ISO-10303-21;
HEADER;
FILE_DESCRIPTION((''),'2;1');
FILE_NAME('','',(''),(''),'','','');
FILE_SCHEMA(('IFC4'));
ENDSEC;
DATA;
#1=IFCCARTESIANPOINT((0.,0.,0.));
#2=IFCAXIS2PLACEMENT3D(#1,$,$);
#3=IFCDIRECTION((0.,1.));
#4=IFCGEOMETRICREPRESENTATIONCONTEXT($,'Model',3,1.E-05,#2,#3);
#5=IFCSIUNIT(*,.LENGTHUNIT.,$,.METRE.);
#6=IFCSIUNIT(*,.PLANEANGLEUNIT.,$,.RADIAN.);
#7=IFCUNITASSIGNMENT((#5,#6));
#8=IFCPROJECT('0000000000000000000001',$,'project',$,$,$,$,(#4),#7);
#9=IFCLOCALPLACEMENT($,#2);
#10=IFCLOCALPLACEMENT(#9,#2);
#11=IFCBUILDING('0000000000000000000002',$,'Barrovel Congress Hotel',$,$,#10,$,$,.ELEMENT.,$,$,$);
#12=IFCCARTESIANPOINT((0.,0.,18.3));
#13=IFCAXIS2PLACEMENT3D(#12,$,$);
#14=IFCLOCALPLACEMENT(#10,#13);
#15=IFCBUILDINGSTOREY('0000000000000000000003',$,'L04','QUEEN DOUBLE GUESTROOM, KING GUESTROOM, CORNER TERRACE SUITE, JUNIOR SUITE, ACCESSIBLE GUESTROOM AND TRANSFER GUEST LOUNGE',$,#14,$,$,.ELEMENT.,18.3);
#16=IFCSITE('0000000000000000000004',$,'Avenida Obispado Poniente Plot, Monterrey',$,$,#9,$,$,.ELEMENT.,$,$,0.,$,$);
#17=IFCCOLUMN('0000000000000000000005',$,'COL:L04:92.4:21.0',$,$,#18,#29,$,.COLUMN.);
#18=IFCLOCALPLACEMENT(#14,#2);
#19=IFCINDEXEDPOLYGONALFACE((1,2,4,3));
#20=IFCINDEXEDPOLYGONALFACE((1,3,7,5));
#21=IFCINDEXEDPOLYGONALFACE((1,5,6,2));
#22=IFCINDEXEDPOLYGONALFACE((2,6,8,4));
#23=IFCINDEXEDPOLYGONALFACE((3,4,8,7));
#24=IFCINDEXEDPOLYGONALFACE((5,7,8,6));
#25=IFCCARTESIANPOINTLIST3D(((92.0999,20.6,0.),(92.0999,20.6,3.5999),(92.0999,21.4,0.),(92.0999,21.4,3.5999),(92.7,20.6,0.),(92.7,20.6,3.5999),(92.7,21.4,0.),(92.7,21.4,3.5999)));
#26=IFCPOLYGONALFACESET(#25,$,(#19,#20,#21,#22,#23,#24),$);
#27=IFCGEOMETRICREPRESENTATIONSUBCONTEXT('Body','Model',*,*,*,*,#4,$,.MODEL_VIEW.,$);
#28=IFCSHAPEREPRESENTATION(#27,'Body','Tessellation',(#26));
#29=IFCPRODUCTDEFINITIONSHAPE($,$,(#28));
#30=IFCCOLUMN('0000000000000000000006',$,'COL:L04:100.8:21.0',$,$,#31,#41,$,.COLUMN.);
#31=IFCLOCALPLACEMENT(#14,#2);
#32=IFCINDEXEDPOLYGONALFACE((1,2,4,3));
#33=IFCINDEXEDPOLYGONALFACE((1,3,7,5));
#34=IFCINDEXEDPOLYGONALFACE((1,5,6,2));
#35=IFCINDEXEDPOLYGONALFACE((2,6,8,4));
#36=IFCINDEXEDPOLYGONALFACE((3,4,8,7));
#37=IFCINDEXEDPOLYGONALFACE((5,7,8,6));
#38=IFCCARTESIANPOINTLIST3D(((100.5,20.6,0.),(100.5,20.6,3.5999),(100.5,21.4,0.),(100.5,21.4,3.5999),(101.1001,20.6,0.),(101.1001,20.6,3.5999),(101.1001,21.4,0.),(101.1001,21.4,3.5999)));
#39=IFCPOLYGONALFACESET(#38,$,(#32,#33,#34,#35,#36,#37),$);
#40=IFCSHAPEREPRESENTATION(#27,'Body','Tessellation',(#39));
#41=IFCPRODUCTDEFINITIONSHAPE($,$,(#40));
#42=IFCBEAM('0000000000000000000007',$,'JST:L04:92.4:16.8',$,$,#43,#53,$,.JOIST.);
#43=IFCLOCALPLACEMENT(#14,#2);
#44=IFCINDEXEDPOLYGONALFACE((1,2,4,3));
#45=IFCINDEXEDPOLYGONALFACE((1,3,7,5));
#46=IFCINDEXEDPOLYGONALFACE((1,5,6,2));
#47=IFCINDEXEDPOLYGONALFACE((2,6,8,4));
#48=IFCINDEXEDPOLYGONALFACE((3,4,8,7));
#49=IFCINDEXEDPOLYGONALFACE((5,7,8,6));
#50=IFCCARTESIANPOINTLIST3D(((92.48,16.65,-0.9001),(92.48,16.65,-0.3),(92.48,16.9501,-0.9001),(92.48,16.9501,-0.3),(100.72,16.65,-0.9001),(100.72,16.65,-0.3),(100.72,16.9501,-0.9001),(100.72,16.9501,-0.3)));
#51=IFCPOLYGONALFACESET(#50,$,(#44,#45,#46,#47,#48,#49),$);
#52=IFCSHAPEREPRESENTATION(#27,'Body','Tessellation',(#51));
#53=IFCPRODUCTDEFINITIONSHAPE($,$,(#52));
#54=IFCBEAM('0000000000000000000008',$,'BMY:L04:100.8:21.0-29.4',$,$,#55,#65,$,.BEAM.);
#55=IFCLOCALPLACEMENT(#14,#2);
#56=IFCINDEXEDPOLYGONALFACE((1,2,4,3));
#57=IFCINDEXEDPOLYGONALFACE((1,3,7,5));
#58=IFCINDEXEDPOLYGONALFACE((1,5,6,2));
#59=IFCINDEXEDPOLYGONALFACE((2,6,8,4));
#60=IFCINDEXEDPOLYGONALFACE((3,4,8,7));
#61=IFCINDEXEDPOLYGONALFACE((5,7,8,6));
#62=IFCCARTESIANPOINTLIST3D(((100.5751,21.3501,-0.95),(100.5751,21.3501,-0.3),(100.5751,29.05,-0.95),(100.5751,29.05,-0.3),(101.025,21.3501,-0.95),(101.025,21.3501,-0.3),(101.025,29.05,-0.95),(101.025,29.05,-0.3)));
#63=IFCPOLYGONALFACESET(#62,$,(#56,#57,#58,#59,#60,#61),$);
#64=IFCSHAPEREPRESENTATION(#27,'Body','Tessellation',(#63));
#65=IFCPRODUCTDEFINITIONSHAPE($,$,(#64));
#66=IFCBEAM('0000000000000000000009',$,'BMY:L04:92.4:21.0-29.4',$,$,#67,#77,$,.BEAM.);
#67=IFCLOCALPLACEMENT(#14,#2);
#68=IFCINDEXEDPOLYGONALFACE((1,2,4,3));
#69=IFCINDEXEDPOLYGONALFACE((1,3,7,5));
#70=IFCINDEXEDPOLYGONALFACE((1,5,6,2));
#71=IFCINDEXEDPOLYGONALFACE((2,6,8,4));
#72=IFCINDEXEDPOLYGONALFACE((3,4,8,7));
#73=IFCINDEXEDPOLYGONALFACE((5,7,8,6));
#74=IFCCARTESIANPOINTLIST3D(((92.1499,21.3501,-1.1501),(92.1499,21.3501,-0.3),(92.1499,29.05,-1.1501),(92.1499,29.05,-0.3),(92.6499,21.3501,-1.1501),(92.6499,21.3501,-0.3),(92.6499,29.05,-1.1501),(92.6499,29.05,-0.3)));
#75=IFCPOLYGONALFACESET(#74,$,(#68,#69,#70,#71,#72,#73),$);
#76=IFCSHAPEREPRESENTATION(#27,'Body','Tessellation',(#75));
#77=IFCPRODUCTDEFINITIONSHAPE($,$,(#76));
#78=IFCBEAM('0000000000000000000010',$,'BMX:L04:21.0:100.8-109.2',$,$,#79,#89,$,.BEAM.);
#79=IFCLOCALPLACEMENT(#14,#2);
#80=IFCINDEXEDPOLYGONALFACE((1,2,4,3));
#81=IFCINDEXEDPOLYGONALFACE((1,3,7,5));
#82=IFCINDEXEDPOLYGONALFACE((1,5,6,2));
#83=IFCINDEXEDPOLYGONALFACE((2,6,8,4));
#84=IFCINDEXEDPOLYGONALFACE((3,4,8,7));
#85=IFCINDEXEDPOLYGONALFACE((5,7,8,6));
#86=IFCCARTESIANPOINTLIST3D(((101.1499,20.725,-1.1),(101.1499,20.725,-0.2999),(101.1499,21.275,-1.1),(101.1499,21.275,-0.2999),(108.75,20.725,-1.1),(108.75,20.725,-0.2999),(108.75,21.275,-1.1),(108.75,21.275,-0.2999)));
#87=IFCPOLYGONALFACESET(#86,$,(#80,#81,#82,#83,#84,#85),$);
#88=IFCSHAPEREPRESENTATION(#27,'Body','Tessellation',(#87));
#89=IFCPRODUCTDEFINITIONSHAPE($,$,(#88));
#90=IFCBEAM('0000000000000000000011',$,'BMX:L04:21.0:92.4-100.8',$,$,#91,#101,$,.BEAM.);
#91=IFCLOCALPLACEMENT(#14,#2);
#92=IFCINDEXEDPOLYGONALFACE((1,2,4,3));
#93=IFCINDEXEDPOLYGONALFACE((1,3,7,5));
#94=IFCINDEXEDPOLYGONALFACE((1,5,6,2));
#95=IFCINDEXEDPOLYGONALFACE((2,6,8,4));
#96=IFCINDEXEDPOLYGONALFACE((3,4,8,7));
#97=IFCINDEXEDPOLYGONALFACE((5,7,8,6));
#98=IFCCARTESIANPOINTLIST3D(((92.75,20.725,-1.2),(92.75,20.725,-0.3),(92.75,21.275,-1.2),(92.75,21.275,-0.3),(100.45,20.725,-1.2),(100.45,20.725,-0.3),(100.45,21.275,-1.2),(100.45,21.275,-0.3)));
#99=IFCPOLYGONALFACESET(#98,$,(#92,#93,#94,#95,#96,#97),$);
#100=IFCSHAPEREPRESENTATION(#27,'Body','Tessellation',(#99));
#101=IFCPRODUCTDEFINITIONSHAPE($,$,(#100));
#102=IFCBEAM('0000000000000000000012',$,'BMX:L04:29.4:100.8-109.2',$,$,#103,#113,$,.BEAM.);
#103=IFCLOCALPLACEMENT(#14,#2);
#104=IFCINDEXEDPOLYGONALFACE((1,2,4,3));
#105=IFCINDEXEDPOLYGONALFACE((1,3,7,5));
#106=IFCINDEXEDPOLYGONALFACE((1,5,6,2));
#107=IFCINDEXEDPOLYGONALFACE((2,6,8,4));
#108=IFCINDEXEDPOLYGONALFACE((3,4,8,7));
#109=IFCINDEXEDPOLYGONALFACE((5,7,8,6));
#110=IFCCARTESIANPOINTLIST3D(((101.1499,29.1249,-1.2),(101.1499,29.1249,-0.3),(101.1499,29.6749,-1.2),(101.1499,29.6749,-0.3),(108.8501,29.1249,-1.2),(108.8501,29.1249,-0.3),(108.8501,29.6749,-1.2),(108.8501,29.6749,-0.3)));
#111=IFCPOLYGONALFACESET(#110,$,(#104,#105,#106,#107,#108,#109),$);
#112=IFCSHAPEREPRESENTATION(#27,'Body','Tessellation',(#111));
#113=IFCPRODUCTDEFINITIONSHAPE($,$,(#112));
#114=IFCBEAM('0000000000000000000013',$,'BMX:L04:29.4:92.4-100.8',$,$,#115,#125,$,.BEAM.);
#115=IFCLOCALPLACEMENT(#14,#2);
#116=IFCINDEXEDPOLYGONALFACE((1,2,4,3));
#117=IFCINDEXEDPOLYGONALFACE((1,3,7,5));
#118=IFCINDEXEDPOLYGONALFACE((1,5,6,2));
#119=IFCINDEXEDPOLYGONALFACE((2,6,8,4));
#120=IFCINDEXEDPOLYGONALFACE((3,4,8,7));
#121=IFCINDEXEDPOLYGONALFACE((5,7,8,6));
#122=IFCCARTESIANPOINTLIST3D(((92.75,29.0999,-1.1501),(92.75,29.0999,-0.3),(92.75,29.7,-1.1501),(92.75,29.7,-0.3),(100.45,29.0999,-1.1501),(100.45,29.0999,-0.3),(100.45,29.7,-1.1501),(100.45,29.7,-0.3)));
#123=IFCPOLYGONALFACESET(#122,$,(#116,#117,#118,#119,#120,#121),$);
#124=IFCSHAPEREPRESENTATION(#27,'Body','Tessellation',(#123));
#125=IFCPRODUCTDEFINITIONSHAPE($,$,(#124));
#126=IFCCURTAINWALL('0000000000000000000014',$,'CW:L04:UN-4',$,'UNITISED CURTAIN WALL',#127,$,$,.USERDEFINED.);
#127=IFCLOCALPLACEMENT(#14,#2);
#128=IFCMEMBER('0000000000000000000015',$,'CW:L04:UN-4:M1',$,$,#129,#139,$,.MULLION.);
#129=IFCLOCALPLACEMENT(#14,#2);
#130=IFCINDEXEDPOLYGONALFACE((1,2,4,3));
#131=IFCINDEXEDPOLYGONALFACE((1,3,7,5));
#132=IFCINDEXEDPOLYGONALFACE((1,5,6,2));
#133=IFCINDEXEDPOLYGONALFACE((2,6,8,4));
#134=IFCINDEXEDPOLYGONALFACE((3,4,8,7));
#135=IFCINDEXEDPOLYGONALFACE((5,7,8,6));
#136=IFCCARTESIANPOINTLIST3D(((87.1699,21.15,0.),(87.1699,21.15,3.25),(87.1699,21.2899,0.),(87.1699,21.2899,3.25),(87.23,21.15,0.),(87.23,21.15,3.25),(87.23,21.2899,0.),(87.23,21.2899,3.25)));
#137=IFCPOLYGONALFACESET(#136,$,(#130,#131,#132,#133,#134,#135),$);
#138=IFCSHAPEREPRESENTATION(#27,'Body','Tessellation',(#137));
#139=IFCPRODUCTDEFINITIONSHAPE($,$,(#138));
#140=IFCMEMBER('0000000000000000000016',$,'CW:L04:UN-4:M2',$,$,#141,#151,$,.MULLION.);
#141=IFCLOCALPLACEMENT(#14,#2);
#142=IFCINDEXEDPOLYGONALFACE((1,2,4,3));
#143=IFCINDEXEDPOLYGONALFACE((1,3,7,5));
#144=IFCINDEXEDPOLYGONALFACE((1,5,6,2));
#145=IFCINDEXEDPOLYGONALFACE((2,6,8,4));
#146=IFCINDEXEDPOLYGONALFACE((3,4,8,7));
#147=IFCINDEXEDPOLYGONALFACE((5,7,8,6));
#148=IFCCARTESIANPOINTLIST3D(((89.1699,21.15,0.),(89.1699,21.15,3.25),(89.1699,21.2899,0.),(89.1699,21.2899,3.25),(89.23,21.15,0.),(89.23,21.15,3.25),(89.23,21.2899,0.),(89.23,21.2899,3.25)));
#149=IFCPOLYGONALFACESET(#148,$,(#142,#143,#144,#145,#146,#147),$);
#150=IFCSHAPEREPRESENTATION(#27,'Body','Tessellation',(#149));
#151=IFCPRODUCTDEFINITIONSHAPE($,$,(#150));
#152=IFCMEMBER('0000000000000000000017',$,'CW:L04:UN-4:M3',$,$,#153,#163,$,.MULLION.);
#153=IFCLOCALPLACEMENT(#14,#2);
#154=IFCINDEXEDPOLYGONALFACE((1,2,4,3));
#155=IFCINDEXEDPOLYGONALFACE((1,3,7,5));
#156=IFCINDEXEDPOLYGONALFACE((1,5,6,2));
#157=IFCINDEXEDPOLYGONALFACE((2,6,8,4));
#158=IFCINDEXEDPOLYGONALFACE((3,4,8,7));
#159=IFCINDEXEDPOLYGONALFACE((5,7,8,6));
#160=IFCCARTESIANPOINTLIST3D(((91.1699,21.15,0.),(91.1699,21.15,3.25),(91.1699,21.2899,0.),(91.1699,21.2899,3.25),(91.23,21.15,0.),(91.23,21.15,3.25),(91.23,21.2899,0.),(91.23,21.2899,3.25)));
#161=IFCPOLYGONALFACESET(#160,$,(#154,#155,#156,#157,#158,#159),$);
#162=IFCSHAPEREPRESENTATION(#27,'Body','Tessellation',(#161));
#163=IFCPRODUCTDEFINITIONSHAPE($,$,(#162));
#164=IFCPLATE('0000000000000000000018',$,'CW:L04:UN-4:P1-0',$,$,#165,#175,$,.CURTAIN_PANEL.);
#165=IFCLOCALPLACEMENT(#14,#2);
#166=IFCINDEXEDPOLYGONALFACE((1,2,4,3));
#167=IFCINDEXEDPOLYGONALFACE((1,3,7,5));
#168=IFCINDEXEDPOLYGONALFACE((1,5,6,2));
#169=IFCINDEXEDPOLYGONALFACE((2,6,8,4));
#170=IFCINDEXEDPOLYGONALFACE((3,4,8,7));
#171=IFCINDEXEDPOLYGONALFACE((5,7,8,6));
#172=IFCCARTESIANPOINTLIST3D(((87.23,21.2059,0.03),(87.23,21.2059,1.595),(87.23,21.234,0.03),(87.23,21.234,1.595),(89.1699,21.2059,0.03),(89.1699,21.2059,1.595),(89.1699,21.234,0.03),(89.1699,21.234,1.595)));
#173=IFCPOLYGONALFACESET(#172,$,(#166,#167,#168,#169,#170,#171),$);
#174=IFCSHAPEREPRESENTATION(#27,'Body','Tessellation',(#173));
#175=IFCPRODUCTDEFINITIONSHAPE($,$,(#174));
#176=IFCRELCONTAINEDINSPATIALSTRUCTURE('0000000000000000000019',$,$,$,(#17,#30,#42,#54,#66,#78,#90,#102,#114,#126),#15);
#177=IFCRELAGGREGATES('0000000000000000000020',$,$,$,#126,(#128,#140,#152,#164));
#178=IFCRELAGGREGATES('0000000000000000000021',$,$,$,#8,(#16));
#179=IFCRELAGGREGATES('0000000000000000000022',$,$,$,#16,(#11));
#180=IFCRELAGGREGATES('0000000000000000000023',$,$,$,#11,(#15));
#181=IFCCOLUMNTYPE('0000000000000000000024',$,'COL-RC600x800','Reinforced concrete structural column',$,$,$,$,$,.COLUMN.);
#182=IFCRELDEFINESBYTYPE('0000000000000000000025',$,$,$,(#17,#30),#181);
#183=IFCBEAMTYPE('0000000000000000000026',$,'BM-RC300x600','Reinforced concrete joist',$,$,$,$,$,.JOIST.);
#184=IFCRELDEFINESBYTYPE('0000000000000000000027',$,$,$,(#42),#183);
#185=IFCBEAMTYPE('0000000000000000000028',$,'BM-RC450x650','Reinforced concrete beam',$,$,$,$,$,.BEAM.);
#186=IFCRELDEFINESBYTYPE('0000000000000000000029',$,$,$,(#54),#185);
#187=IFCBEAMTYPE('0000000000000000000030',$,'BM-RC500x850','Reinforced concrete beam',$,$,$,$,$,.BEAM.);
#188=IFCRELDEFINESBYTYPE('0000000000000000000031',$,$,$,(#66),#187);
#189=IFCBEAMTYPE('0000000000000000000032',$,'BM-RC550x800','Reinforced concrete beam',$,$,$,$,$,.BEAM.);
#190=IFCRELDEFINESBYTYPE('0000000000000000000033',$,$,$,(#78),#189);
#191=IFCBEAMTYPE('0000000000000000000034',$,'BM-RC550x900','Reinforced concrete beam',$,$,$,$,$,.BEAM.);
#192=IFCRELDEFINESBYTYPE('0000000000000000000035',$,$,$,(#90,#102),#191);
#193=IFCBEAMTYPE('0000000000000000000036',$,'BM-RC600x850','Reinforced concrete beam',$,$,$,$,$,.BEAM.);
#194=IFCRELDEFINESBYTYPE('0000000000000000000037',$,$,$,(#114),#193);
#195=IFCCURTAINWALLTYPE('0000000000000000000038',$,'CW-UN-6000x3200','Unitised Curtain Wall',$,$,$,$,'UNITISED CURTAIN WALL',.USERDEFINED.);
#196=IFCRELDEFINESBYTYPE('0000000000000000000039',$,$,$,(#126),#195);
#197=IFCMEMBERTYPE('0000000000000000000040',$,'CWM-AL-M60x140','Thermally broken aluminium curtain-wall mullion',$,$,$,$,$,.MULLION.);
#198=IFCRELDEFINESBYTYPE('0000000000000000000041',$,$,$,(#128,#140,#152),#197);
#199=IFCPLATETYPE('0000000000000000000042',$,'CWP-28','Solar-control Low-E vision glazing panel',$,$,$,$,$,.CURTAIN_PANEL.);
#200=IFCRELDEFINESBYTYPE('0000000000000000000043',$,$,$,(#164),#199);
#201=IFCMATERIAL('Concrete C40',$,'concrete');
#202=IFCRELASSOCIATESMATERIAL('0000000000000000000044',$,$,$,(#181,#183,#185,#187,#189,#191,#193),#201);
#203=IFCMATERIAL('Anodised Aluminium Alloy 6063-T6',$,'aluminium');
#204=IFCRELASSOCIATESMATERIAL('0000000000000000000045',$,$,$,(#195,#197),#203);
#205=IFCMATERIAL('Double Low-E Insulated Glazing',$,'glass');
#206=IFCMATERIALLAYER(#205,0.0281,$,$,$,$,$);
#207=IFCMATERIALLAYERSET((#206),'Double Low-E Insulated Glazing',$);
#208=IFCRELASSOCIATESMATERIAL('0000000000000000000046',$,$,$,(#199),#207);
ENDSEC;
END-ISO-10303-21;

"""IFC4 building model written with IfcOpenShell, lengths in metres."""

from ifc_helpers import new_model, si_unit, direction, frame, origin, origin_2d, place, context, subcontext, project, spatial, rectangle, extrude, material, layer, layer_set, material_profile, profile_set, type_object, element, aggregate, save


model = new_model("IFC4")

# Units and contexts
model_context = context("Model", 3, precision=1e-05, world=origin(), true_north=direction((0.0, 1.0)))
body_context = subcontext(model_context, "Body", "Model", "MODEL_VIEW")
ifc_project = project(units=[si_unit("LENGTHUNIT", "METRE"), si_unit("PLANEANGLEUNIT", "RADIAN")], contexts=[model_context])

# Site, building, storey
site_placement = place(None, origin())
site = spatial("IfcSite", under=ifc_project, at=site_placement, Name="Avenida Obispado Poniente Plot, Monterrey", CompositionType="ELEMENT", RefElevation=0.0)
building_placement = place(site_placement, origin())
building = spatial("IfcBuilding", under=site, at=building_placement, Name="Barrovel Congress Hotel", CompositionType="ELEMENT")
storey_placement = place(building_placement, frame((0.0, 0.0, 18.3)))
storey = spatial("IfcBuildingStorey", under=building, at=storey_placement, Name="L04", Description="QUEEN DOUBLE GUESTROOM, KING GUESTROOM, CORNER TERRACE SUITE, JUNIOR SUITE, ACCESSIBLE GUESTROOM AND TRANSFER GUEST LOUNGE", CompositionType="ELEMENT", Elevation=18.3)

# Columns
ifc_material_1 = material(Name="Concrete C40", Category="concrete")
ifc_material_profile_1 = material_profile(ifc_material_1, rectangle(XDim=0.6001, YDim=0.8, at=origin_2d()), Name="RC600x800")
ifc_profile_set_1 = profile_set([ifc_material_profile_1], Name="Concrete C40")
column_type = type_object("IfcColumnType", Name="COL-RC600x800", Description="Reinforced concrete structural column", PredefinedType="COLUMN", material=ifc_profile_set_1)
for number, where, z_axis, x_axis, name in (
    (1, (92.3999, 21.0, 0.0), (0.0, 0.0, 1.0), (1.0, 0.0, 0.0), "COL:L04:92.4:21.0"),
    (2, (100.8, 21.0, 0.0), (0.0, 0.0, 1.0), (1.0, 0.0, 0.0), "COL:L04:100.8:21.0"),
):
    element("IfcColumn", number, at=place(storey_placement, frame(where, z_axis=z_axis, x_axis=x_axis)), inside=storey, type_object=column_type, Name=name, PredefinedType="COLUMN", context=body_context, shape_type="SweptSolid", body=[
        extrude(rectangle(XDim=0.6001, YDim=0.8, at=origin_2d()), origin(), (0.0, 0.0, 1.0), 3.5999),
    ])

# Beams
ifc_material_profile_2 = material_profile(ifc_material_1, rectangle(XDim=0.3, YDim=0.6001, at=origin_2d()), Name="RC300x600")
ifc_profile_set_2 = profile_set([ifc_material_profile_2], Name="Concrete C40")
beam_type_1 = type_object("IfcBeamType", Name="BM-RC300x600", Description="Reinforced concrete joist", PredefinedType="JOIST", material=ifc_profile_set_2)
beam_1_placement = place(storey_placement, frame((92.48, 16.8, -0.6001), z_axis=(1.0, 0.0, 0.0), x_axis=(0.0, 1.0, 0.0)))
element("IfcBeam", 3, at=beam_1_placement, inside=storey, type_object=beam_type_1, Name="JST:L04:92.4:16.8", PredefinedType="JOIST", context=body_context, shape_type="SweptSolid", body=[
    extrude(rectangle(XDim=0.3, YDim=0.6001, at=origin_2d()), origin(), (0.0, 0.0, 1.0), 8.24),
])
ifc_material_profile_3 = material_profile(ifc_material_1, rectangle(XDim=0.45, YDim=0.6499, at=origin_2d()), Name="RC450x650")
ifc_profile_set_3 = profile_set([ifc_material_profile_3], Name="Concrete C40")
beam_type_2 = type_object("IfcBeamType", Name="BM-RC450x650", Description="Reinforced concrete beam", PredefinedType="BEAM", material=ifc_profile_set_3)
beam_2_placement = place(storey_placement, frame((100.8, 21.3501, -0.625), z_axis=(0.0, 1.0, 0.0), x_axis=(-1.0, 0.0, 0.0)))
element("IfcBeam", 4, at=beam_2_placement, inside=storey, type_object=beam_type_2, Name="BMY:L04:100.8:21.0-29.4", PredefinedType="BEAM", context=body_context, shape_type="SweptSolid", body=[
    extrude(rectangle(XDim=0.45, YDim=0.6499, at=origin_2d()), origin(), (0.0, 0.0, 1.0), 7.7),
])
ifc_material_profile_4 = material_profile(ifc_material_1, rectangle(XDim=0.5, YDim=0.8501, at=origin_2d()), Name="RC500x850")
ifc_profile_set_4 = profile_set([ifc_material_profile_4], Name="Concrete C40")
beam_type_3 = type_object("IfcBeamType", Name="BM-RC500x850", Description="Reinforced concrete beam", PredefinedType="BEAM", material=ifc_profile_set_4)
beam_3_placement = place(storey_placement, frame((92.3999, 21.3501, -0.7251), z_axis=(0.0, 1.0, 0.0), x_axis=(-1.0, 0.0, 0.0)))
element("IfcBeam", 5, at=beam_3_placement, inside=storey, type_object=beam_type_3, Name="BMY:L04:92.4:21.0-29.4", PredefinedType="BEAM", context=body_context, shape_type="SweptSolid", body=[
    extrude(rectangle(XDim=0.5, YDim=0.8501, at=origin_2d()), origin(), (0.0, 0.0, 1.0), 7.7),
])
ifc_material_profile_5 = material_profile(ifc_material_1, rectangle(XDim=0.55, YDim=0.8, at=origin_2d()), Name="RC550x800")
ifc_profile_set_5 = profile_set([ifc_material_profile_5], Name="Concrete C40")
beam_type_4 = type_object("IfcBeamType", Name="BM-RC550x800", Description="Reinforced concrete beam", PredefinedType="BEAM", material=ifc_profile_set_5)
beam_4_placement = place(storey_placement, frame((101.1499, 21.0, -0.7), z_axis=(1.0, 0.0, 0.0), x_axis=(0.0, 1.0, 0.0)))
element("IfcBeam", 6, at=beam_4_placement, inside=storey, type_object=beam_type_4, Name="BMX:L04:21.0:100.8-109.2", PredefinedType="BEAM", context=body_context, shape_type="SweptSolid", body=[
    extrude(rectangle(XDim=0.55, YDim=0.8, at=origin_2d()), origin(), (0.0, 0.0, 1.0), 7.6001),
])
ifc_material_profile_6 = material_profile(ifc_material_1, rectangle(XDim=0.55, YDim=0.8999, at=origin_2d()), Name="RC550x900")
ifc_profile_set_6 = profile_set([ifc_material_profile_6], Name="Concrete C40")
beam_type_5 = type_object("IfcBeamType", Name="BM-RC550x900", Description="Reinforced concrete beam", PredefinedType="BEAM", material=ifc_profile_set_6)
beam_5_placement = place(storey_placement, frame((92.75, 21.0, -0.75), z_axis=(1.0, 0.0, 0.0), x_axis=(0.0, 1.0, 0.0)))
element("IfcBeam", 7, at=beam_5_placement, inside=storey, type_object=beam_type_5, Name="BMX:L04:21.0:92.4-100.8", PredefinedType="BEAM", context=body_context, shape_type="SweptSolid", body=[
    extrude(rectangle(XDim=0.55, YDim=0.8999, at=origin_2d()), origin(), (0.0, 0.0, 1.0), 7.7),
])
beam_6_placement = place(storey_placement, frame((101.1499, 29.3999, -0.75), z_axis=(1.0, 0.0, 0.0), x_axis=(0.0, 1.0, 0.0)))
element("IfcBeam", 8, at=beam_6_placement, inside=storey, type_object=beam_type_5, Name="BMX:L04:29.4:100.8-109.2", PredefinedType="BEAM", context=body_context, shape_type="SweptSolid", body=[
    extrude(rectangle(XDim=0.55, YDim=0.8999, at=origin_2d()), origin(), (0.0, 0.0, 1.0), 7.7002),
])
ifc_material_profile_7 = material_profile(ifc_material_1, rectangle(XDim=0.6001, YDim=0.8501, at=origin_2d()), Name="RC600x850")
ifc_profile_set_7 = profile_set([ifc_material_profile_7], Name="Concrete C40")
beam_type_6 = type_object("IfcBeamType", Name="BM-RC600x850", Description="Reinforced concrete beam", PredefinedType="BEAM", material=ifc_profile_set_7)
beam_7_placement = place(storey_placement, frame((92.75, 29.3999, -0.7251), z_axis=(1.0, 0.0, 0.0), x_axis=(0.0, 1.0, 0.0)))
element("IfcBeam", 9, at=beam_7_placement, inside=storey, type_object=beam_type_6, Name="BMX:L04:29.4:92.4-100.8", PredefinedType="BEAM", context=body_context, shape_type="SweptSolid", body=[
    extrude(rectangle(XDim=0.6001, YDim=0.8501, at=origin_2d()), origin(), (0.0, 0.0, 1.0), 7.7),
])

# Curtain wall, members, plate
ifc_material_2 = material(Name="Anodised Aluminium Alloy 6063-T6", Category="aluminium")
curtain_wall_type = type_object("IfcCurtainWallType", Name="CW-UN-6000x3200", Description="Unitised Curtain Wall", ElementType="UNITISED CURTAIN WALL", PredefinedType="USERDEFINED", material=ifc_material_2)
curtain_wall_placement = place(storey_placement, origin())
curtain_wall = element("IfcCurtainWall", 10, at=curtain_wall_placement, inside=storey, type_object=curtain_wall_type, Name="CW:L04:UN-4", ObjectType="UNITISED CURTAIN WALL", PredefinedType="USERDEFINED")
ifc_material_profile_8 = material_profile(ifc_material_2, rectangle(XDim=0.0601, YDim=0.1399, at=origin_2d()), Name="AL-M60x140")
ifc_profile_set_8 = profile_set([ifc_material_profile_8], Name="Anodised Aluminium Alloy 6063-T6")
member_type = type_object("IfcMemberType", Name="CWM-AL-M60x140", Description="Thermally broken aluminium curtain-wall mullion", PredefinedType="MULLION", material=ifc_profile_set_8)
member_1_placement = place(storey_placement, frame((87.2, 21.22, 0.0), z_axis=(0.0, 0.0, 1.0), x_axis=(1.0, 0.0, 0.0)))
member_1 = element("IfcMember", 11, at=member_1_placement, type_object=member_type, Name="CW:L04:UN-4:M1", PredefinedType="MULLION", context=body_context, shape_type="SweptSolid", body=[
    extrude(rectangle(XDim=0.0601, YDim=0.1399, at=origin_2d()), origin(), (0.0, 0.0, 1.0), 3.25),
])
member_2_placement = place(storey_placement, frame((89.2, 21.22, 0.0), z_axis=(0.0, 0.0, 1.0), x_axis=(1.0, 0.0, 0.0)))
member_2 = element("IfcMember", 12, at=member_2_placement, type_object=member_type, Name="CW:L04:UN-4:M2", PredefinedType="MULLION", context=body_context, shape_type="SweptSolid", body=[
    extrude(rectangle(XDim=0.0601, YDim=0.1399, at=origin_2d()), origin(), (0.0, 0.0, 1.0), 3.25),
])
member_3_placement = place(storey_placement, frame((91.2, 21.22, 0.0), z_axis=(0.0, 0.0, 1.0), x_axis=(1.0, 0.0, 0.0)))
member_3 = element("IfcMember", 13, at=member_3_placement, type_object=member_type, Name="CW:L04:UN-4:M3", PredefinedType="MULLION", context=body_context, shape_type="SweptSolid", body=[
    extrude(rectangle(XDim=0.0601, YDim=0.1399, at=origin_2d()), origin(), (0.0, 0.0, 1.0), 3.25),
])
ifc_material_3 = material(Name="Double Low-E Insulated Glazing", Category="glass")
ifc_layer_1 = layer(ifc_material_3, 0.0281)
ifc_layer_set_1 = layer_set([ifc_layer_1], Name="Double Low-E Insulated Glazing")
plate_type = type_object("IfcPlateType", Name="CWP-28", Description="Solar-control Low-E vision glazing panel", PredefinedType="CURTAIN_PANEL", material=ifc_layer_set_1)
plate_1_placement = place(storey_placement, frame((88.2, 21.22, 0.03), z_axis=(0.0, 0.0, 1.0), x_axis=(1.0, 0.0, 0.0)))
plate_1 = element("IfcPlate", 14, at=plate_1_placement, type_object=plate_type, Name="CW:L04:UN-4:P1-0", PredefinedType="CURTAIN_PANEL", context=body_context, shape_type="SweptSolid", body=[
    extrude(rectangle(XDim=1.9399, YDim=0.0281, at=origin_2d()), origin(), (0.0, 0.0, 1.0), 1.5649),
])
aggregate(curtain_wall, [member_1, member_2, member_3, plate_1])

save(model, "model.ifc")
